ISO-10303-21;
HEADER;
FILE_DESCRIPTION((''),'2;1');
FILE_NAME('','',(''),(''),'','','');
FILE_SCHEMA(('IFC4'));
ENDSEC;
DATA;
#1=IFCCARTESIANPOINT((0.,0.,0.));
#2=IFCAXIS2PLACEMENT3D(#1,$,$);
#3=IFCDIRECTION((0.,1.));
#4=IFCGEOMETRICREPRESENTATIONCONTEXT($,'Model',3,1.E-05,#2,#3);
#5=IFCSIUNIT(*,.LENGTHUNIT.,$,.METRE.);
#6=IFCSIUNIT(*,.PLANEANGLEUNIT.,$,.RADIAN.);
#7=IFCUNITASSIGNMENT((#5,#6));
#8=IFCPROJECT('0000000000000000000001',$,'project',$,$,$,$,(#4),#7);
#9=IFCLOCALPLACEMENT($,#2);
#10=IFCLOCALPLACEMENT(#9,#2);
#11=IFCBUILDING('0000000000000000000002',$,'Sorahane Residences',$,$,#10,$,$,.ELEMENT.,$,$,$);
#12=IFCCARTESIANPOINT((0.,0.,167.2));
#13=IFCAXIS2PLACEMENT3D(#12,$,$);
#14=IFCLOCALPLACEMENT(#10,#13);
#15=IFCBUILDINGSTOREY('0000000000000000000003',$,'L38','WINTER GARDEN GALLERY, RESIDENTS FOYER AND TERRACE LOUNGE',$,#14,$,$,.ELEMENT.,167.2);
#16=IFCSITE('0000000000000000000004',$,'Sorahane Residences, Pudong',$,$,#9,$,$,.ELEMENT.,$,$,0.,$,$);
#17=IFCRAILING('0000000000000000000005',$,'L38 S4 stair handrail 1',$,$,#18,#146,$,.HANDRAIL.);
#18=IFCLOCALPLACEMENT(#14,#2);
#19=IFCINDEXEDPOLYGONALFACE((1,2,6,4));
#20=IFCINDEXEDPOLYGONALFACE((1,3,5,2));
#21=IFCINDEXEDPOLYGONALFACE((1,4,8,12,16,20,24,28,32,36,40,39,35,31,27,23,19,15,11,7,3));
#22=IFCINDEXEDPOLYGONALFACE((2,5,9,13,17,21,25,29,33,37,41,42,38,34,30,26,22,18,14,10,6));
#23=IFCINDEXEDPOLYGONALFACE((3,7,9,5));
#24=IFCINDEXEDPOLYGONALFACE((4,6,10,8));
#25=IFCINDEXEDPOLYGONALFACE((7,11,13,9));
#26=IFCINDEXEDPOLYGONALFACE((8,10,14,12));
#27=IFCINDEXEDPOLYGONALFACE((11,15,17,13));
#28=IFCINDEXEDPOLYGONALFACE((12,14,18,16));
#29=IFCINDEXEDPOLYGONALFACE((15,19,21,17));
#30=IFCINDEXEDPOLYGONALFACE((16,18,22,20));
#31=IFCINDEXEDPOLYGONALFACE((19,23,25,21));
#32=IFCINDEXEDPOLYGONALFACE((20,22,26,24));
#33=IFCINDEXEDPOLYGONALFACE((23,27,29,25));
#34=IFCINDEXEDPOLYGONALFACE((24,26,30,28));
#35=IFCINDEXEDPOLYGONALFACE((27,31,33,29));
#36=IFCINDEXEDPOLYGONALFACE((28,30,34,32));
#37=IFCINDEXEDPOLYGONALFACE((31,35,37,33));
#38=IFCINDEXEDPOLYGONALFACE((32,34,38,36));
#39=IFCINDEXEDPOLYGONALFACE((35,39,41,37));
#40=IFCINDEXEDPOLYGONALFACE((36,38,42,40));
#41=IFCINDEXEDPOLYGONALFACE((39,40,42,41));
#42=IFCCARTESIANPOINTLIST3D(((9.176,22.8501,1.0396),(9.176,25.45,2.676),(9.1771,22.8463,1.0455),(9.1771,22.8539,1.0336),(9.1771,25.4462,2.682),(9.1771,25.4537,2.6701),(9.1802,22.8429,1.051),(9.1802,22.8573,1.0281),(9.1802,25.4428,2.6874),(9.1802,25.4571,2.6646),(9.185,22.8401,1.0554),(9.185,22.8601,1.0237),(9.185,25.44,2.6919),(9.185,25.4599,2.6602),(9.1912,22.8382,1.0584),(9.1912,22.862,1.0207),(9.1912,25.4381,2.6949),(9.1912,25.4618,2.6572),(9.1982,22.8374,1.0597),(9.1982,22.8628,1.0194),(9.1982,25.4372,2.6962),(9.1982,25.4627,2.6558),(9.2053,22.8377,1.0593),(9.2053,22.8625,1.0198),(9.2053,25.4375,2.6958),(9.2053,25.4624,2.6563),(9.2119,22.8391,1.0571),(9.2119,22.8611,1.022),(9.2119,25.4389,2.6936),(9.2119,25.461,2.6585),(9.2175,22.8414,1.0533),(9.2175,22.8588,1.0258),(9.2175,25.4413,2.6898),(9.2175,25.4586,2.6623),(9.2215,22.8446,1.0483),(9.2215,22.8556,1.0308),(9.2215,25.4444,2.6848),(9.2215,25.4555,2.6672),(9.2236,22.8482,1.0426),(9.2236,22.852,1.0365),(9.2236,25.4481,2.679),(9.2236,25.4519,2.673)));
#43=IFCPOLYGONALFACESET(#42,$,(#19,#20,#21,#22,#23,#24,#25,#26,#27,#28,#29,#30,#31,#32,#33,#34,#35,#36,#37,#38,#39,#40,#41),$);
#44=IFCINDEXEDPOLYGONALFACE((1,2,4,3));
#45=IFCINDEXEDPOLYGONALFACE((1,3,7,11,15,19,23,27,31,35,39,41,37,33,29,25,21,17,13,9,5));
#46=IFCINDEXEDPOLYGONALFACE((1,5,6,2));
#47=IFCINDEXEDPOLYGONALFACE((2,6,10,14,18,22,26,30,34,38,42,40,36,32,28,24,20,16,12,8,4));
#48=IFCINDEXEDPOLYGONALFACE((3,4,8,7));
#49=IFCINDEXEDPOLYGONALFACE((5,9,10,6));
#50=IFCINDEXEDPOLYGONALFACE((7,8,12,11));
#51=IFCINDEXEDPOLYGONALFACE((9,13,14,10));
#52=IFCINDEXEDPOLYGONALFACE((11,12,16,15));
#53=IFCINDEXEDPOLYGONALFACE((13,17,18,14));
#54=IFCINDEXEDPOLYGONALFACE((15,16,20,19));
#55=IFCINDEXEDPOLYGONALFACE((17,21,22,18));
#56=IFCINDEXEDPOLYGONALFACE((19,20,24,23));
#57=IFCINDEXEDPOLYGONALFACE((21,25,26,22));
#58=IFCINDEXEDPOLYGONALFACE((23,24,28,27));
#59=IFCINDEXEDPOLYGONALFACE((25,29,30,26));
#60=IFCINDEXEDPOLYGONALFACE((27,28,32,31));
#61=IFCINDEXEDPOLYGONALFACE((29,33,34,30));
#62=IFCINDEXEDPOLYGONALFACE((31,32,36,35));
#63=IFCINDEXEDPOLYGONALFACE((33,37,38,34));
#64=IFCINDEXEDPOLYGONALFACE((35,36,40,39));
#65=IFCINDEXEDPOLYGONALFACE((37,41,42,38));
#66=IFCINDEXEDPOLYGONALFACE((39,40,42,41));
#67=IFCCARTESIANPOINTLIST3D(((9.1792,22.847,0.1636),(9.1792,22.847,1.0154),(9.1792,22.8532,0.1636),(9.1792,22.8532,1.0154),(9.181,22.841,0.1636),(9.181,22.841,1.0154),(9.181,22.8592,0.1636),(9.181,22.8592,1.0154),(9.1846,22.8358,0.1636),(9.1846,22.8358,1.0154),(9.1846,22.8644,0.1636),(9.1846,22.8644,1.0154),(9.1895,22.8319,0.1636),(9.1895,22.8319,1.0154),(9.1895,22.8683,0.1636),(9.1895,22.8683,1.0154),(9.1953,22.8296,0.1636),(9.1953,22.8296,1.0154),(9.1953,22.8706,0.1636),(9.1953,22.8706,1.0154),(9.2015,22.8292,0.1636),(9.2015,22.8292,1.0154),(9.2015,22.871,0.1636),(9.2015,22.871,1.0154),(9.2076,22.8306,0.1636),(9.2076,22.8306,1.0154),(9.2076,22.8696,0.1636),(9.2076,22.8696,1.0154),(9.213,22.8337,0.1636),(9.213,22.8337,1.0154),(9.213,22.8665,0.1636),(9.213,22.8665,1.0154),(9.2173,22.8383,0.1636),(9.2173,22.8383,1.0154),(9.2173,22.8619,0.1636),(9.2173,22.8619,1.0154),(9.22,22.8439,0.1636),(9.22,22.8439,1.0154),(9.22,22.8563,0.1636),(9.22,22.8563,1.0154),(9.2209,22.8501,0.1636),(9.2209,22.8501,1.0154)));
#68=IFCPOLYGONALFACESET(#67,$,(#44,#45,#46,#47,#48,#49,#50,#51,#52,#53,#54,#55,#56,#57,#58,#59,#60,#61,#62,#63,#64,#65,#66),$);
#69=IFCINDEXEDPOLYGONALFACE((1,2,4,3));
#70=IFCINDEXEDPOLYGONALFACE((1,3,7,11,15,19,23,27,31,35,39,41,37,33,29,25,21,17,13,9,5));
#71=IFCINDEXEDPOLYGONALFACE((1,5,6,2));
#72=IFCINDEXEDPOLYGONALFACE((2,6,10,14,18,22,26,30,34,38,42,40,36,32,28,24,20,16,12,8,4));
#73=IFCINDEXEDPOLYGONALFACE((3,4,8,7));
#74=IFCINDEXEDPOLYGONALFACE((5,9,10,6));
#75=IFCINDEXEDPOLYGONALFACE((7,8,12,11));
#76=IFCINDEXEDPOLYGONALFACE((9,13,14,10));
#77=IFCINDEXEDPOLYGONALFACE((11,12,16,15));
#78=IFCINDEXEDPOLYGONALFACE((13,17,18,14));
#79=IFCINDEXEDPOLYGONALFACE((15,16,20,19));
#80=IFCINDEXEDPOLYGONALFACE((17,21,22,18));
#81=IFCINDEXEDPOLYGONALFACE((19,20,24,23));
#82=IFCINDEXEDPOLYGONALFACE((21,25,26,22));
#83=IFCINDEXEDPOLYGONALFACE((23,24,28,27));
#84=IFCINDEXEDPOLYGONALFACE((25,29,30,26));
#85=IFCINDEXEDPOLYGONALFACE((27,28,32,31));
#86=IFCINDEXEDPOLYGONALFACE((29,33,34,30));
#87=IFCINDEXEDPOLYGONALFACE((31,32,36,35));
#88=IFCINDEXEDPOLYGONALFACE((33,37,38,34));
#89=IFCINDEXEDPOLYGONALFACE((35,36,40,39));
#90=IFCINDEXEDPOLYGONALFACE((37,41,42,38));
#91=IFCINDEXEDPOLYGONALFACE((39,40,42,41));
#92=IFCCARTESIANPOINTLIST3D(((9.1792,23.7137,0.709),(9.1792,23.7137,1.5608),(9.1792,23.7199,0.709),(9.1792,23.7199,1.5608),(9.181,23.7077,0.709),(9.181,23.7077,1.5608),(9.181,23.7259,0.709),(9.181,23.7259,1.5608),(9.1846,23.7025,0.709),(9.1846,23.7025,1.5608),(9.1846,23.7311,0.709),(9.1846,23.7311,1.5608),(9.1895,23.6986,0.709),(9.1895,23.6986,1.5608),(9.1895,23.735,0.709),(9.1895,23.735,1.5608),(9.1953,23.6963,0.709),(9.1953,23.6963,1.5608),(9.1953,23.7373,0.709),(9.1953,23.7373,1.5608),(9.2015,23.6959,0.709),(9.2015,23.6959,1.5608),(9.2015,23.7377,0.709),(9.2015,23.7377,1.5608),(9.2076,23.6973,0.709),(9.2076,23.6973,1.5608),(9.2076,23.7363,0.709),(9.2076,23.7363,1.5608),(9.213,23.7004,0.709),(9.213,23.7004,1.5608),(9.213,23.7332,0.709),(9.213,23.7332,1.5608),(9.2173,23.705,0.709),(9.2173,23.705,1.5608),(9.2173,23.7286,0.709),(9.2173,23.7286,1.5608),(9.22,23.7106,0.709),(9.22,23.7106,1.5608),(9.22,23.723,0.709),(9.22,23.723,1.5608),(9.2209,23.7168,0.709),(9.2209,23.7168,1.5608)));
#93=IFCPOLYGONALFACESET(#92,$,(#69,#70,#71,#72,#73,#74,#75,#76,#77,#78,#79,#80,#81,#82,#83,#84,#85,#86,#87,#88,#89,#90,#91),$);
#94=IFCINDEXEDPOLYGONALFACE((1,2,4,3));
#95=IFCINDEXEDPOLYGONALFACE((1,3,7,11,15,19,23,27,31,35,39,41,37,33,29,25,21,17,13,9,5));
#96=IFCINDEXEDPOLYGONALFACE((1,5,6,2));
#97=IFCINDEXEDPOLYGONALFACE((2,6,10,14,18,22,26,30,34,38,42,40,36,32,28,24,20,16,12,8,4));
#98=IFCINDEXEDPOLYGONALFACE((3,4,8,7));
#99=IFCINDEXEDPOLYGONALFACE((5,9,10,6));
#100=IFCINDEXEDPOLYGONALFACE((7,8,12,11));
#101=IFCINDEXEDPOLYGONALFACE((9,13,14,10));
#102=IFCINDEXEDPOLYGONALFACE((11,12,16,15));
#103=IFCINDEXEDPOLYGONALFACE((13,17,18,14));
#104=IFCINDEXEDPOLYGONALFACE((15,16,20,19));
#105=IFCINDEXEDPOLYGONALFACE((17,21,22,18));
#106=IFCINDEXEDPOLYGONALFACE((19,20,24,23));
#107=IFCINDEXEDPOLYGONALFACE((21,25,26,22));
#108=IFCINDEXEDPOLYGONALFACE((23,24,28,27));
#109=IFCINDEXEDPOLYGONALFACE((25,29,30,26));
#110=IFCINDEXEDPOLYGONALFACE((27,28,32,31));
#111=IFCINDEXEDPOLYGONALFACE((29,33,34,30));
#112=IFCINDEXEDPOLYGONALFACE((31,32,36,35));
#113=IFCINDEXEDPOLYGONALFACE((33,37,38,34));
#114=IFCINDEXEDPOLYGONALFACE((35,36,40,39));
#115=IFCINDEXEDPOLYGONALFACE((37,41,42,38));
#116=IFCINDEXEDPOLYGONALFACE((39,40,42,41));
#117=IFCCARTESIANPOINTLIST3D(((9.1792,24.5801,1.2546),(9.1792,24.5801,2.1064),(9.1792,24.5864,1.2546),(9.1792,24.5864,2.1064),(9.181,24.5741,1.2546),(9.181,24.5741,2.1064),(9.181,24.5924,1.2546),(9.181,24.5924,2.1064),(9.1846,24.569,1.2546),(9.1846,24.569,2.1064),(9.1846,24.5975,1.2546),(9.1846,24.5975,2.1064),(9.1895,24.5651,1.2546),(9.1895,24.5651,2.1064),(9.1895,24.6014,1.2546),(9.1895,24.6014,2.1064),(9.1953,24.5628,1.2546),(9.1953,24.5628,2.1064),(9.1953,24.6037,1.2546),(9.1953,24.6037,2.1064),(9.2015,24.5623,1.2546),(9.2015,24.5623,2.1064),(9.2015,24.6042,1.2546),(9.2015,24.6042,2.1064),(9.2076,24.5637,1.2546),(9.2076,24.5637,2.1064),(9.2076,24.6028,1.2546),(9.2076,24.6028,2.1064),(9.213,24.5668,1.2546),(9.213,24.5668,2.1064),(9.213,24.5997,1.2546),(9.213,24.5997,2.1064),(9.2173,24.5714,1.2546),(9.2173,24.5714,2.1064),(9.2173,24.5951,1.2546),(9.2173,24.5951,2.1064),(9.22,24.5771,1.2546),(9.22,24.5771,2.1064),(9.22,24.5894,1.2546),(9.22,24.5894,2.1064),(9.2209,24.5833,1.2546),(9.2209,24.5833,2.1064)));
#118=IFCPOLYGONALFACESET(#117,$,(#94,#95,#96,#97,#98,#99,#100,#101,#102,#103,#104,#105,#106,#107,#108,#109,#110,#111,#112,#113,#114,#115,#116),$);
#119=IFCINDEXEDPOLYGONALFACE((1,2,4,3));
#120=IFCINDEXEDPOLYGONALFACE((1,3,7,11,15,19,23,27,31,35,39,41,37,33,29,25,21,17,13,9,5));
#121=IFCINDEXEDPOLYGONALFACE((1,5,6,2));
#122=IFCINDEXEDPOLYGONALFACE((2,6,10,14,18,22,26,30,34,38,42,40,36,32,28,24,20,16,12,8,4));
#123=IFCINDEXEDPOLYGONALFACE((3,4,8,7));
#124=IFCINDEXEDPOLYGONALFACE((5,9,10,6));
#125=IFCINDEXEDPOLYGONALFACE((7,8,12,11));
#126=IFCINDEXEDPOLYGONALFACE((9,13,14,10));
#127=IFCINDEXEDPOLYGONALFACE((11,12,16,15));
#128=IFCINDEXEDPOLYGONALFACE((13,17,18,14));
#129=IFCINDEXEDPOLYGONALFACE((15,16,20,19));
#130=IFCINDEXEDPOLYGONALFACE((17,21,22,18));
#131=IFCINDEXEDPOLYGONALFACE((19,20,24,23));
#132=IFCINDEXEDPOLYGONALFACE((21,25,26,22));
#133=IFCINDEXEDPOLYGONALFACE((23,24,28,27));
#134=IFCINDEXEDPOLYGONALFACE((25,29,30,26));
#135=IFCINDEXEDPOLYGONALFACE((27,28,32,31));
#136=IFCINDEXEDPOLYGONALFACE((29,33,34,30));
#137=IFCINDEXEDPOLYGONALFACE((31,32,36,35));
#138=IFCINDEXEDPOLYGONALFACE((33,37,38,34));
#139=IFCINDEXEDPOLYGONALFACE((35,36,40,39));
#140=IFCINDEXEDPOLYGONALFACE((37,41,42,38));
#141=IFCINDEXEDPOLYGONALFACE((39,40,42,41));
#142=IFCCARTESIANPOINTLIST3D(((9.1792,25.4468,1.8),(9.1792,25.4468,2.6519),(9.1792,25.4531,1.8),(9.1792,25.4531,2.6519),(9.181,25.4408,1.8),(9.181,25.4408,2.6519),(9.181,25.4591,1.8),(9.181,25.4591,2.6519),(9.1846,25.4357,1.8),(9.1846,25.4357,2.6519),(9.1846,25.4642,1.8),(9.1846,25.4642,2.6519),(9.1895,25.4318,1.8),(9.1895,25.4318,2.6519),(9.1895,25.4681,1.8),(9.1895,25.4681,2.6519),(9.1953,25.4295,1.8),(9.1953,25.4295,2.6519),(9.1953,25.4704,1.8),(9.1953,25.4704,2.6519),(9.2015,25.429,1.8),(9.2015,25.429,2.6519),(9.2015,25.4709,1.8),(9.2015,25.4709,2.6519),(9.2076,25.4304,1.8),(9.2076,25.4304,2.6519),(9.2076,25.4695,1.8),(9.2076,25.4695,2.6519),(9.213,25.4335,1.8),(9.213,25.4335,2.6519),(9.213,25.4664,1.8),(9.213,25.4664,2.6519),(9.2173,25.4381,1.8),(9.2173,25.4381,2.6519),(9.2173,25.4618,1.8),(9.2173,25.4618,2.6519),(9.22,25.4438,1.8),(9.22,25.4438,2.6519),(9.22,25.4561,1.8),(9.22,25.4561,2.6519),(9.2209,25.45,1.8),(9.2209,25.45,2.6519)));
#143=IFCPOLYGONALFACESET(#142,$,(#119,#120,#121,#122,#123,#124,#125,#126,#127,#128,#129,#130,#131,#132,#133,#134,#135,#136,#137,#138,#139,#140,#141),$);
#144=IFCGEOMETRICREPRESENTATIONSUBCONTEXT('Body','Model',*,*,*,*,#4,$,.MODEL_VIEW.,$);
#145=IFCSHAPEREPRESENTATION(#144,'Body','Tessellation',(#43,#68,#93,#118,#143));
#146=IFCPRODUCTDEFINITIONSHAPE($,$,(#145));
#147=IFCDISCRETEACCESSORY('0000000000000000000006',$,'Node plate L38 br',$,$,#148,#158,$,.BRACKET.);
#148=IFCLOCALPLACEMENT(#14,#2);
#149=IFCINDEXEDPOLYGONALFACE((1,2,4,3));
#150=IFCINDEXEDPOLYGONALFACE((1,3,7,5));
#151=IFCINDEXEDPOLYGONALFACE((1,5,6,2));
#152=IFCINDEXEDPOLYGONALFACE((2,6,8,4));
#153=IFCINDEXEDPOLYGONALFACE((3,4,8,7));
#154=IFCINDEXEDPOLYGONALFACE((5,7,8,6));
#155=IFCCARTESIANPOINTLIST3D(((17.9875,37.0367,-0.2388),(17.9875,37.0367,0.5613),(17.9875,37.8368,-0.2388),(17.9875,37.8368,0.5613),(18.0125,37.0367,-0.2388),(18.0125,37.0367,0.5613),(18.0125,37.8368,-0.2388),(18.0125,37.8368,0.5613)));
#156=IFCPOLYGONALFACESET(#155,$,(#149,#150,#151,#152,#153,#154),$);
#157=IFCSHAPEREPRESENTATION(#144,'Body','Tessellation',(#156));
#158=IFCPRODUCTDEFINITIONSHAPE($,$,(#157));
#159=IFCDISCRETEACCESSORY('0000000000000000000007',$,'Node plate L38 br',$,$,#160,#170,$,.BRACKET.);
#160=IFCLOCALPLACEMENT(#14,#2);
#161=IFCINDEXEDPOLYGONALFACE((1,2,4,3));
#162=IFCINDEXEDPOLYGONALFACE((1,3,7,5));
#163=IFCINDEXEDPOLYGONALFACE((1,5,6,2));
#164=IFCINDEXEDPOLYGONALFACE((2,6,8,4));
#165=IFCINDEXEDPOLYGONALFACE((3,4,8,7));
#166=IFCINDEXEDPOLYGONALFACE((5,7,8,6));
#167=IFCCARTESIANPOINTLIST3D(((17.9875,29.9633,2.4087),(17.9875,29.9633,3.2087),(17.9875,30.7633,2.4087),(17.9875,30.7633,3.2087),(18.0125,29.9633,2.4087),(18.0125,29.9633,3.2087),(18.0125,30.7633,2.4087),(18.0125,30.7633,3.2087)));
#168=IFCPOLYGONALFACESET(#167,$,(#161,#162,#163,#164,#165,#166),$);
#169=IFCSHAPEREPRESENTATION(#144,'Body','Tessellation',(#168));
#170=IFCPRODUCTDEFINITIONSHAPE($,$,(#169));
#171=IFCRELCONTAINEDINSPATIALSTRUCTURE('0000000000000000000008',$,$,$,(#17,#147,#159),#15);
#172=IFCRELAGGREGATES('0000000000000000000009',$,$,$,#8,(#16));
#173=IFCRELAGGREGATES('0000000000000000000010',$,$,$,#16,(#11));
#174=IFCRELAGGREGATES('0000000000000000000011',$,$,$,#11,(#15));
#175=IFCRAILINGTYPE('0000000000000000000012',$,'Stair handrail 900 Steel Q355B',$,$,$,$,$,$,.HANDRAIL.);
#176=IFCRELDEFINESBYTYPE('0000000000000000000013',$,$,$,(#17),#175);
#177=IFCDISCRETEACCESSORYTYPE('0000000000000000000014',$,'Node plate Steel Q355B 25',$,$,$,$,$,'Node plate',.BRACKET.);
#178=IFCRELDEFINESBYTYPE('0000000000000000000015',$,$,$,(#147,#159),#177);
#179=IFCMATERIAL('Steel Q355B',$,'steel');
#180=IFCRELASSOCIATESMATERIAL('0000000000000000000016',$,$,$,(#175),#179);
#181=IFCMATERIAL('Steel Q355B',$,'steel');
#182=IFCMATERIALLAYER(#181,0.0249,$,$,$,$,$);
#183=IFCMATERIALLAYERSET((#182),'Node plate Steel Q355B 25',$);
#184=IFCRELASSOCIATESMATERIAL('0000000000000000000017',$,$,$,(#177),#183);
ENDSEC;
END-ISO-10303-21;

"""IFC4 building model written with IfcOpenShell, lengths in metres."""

from ifc_helpers import new_model, si_unit, direction, frame, origin, origin_2d, place, context, subcontext, project, spatial, rectangle, circle, extrude, material, layer, layer_set, type_object, element, save


model = new_model("IFC4")

# Units and contexts
model_context = context("Model", 3, precision=1e-05, world=origin(), true_north=direction((0.0, 1.0)))
body_context = subcontext(model_context, "Body", "Model", "MODEL_VIEW")
ifc_project = project(units=[si_unit("LENGTHUNIT", "METRE"), si_unit("PLANEANGLEUNIT", "RADIAN")], contexts=[model_context])

# Site, building, storey
site_placement = place(None, origin())
site = spatial("IfcSite", under=ifc_project, at=site_placement, Name="Sorahane Residences, Pudong", CompositionType="ELEMENT", RefElevation=0.0)
building_placement = place(site_placement, origin())
building = spatial("IfcBuilding", under=site, at=building_placement, Name="Sorahane Residences", CompositionType="ELEMENT")
storey_placement = place(building_placement, frame((0.0, 0.0, 167.2)))
storey = spatial("IfcBuildingStorey", under=building, at=storey_placement, Name="L38", Description="WINTER GARDEN GALLERY, RESIDENTS FOYER AND TERRACE LOUNGE", CompositionType="ELEMENT", Elevation=167.2)

# Railing
ifc_material_1 = material(Name="Steel Q355B", Category="steel")
railing_type_1 = type_object("IfcRailingType", Name="Stair handrail 900 Steel Q355B", PredefinedType="HANDRAIL", material=ifc_material_1)
railing_1_placement = place(storey_placement, frame((9.2, 22.8501, 0.1636)))
element("IfcRailing", 1, at=railing_1_placement, inside=storey, type_object=railing_type_1, Name="L38 S4 stair handrail 1", PredefinedType="HANDRAIL", context=body_context, shape_type="SweptSolid", body=[
    extrude(circle(Radius=0.0239, at=origin_2d()), frame((0.0, 0.0, 0.876), z_axis=(0.0, 0.846302, 0.532704), x_axis=(-1.0, 0.0, 0.0)), (0.0, 0.0, 1.0), 3.072),
    extrude(circle(Radius=0.021, at=origin_2d()), origin(), (0.0, 0.0, 1.0), 0.8518),
    extrude(circle(Radius=0.021, at=origin_2d()), frame((0.0, 0.8667, 0.5454)), (0.0, 0.0, 1.0), 0.8518),
    extrude(circle(Radius=0.021, at=origin_2d()), frame((0.0, 1.7332, 1.0911)), (0.0, 0.0, 1.0), 0.8518),
    extrude(circle(Radius=0.021, at=origin_2d()), frame((0.0, 2.5999, 1.6365)), (0.0, 0.0, 1.0), 0.8518),
])

# Discrete accessories
ifc_material_2 = material(Name="Steel Q355B", Category="steel")
ifc_layer_1 = layer(ifc_material_2, 0.0249)
ifc_layer_set_1 = layer_set([ifc_layer_1], Name="Node plate Steel Q355B 25")
discrete_accessory_type = type_object("IfcDiscreteAccessoryType", Name="Node plate Steel Q355B 25", ElementType="Node plate", PredefinedType="BRACKET", material=ifc_layer_set_1)
for number, where, z_axis, x_axis, name in (
    (2, (18.0, 37.4368, -0.2388), (0.0, 0.0, 1.0), (0.0, 1.0, 0.0), "Node plate L38 br"),
    (3, (18.0, 30.3633, 2.4087), (0.0, 0.0, 1.0), (0.0, 1.0, 0.0), "Node plate L38 br"),
):
    element("IfcDiscreteAccessory", number, at=place(storey_placement, frame(where, z_axis=z_axis, x_axis=x_axis)), inside=storey, type_object=discrete_accessory_type, Name=name, PredefinedType="BRACKET", context=body_context, shape_type="SweptSolid", body=[
        extrude(rectangle(XDim=0.8, YDim=0.0249, at=origin_2d()), origin(), (0.0, 0.0, 1.0), 0.8),
    ])

save(model, "model.ifc")
